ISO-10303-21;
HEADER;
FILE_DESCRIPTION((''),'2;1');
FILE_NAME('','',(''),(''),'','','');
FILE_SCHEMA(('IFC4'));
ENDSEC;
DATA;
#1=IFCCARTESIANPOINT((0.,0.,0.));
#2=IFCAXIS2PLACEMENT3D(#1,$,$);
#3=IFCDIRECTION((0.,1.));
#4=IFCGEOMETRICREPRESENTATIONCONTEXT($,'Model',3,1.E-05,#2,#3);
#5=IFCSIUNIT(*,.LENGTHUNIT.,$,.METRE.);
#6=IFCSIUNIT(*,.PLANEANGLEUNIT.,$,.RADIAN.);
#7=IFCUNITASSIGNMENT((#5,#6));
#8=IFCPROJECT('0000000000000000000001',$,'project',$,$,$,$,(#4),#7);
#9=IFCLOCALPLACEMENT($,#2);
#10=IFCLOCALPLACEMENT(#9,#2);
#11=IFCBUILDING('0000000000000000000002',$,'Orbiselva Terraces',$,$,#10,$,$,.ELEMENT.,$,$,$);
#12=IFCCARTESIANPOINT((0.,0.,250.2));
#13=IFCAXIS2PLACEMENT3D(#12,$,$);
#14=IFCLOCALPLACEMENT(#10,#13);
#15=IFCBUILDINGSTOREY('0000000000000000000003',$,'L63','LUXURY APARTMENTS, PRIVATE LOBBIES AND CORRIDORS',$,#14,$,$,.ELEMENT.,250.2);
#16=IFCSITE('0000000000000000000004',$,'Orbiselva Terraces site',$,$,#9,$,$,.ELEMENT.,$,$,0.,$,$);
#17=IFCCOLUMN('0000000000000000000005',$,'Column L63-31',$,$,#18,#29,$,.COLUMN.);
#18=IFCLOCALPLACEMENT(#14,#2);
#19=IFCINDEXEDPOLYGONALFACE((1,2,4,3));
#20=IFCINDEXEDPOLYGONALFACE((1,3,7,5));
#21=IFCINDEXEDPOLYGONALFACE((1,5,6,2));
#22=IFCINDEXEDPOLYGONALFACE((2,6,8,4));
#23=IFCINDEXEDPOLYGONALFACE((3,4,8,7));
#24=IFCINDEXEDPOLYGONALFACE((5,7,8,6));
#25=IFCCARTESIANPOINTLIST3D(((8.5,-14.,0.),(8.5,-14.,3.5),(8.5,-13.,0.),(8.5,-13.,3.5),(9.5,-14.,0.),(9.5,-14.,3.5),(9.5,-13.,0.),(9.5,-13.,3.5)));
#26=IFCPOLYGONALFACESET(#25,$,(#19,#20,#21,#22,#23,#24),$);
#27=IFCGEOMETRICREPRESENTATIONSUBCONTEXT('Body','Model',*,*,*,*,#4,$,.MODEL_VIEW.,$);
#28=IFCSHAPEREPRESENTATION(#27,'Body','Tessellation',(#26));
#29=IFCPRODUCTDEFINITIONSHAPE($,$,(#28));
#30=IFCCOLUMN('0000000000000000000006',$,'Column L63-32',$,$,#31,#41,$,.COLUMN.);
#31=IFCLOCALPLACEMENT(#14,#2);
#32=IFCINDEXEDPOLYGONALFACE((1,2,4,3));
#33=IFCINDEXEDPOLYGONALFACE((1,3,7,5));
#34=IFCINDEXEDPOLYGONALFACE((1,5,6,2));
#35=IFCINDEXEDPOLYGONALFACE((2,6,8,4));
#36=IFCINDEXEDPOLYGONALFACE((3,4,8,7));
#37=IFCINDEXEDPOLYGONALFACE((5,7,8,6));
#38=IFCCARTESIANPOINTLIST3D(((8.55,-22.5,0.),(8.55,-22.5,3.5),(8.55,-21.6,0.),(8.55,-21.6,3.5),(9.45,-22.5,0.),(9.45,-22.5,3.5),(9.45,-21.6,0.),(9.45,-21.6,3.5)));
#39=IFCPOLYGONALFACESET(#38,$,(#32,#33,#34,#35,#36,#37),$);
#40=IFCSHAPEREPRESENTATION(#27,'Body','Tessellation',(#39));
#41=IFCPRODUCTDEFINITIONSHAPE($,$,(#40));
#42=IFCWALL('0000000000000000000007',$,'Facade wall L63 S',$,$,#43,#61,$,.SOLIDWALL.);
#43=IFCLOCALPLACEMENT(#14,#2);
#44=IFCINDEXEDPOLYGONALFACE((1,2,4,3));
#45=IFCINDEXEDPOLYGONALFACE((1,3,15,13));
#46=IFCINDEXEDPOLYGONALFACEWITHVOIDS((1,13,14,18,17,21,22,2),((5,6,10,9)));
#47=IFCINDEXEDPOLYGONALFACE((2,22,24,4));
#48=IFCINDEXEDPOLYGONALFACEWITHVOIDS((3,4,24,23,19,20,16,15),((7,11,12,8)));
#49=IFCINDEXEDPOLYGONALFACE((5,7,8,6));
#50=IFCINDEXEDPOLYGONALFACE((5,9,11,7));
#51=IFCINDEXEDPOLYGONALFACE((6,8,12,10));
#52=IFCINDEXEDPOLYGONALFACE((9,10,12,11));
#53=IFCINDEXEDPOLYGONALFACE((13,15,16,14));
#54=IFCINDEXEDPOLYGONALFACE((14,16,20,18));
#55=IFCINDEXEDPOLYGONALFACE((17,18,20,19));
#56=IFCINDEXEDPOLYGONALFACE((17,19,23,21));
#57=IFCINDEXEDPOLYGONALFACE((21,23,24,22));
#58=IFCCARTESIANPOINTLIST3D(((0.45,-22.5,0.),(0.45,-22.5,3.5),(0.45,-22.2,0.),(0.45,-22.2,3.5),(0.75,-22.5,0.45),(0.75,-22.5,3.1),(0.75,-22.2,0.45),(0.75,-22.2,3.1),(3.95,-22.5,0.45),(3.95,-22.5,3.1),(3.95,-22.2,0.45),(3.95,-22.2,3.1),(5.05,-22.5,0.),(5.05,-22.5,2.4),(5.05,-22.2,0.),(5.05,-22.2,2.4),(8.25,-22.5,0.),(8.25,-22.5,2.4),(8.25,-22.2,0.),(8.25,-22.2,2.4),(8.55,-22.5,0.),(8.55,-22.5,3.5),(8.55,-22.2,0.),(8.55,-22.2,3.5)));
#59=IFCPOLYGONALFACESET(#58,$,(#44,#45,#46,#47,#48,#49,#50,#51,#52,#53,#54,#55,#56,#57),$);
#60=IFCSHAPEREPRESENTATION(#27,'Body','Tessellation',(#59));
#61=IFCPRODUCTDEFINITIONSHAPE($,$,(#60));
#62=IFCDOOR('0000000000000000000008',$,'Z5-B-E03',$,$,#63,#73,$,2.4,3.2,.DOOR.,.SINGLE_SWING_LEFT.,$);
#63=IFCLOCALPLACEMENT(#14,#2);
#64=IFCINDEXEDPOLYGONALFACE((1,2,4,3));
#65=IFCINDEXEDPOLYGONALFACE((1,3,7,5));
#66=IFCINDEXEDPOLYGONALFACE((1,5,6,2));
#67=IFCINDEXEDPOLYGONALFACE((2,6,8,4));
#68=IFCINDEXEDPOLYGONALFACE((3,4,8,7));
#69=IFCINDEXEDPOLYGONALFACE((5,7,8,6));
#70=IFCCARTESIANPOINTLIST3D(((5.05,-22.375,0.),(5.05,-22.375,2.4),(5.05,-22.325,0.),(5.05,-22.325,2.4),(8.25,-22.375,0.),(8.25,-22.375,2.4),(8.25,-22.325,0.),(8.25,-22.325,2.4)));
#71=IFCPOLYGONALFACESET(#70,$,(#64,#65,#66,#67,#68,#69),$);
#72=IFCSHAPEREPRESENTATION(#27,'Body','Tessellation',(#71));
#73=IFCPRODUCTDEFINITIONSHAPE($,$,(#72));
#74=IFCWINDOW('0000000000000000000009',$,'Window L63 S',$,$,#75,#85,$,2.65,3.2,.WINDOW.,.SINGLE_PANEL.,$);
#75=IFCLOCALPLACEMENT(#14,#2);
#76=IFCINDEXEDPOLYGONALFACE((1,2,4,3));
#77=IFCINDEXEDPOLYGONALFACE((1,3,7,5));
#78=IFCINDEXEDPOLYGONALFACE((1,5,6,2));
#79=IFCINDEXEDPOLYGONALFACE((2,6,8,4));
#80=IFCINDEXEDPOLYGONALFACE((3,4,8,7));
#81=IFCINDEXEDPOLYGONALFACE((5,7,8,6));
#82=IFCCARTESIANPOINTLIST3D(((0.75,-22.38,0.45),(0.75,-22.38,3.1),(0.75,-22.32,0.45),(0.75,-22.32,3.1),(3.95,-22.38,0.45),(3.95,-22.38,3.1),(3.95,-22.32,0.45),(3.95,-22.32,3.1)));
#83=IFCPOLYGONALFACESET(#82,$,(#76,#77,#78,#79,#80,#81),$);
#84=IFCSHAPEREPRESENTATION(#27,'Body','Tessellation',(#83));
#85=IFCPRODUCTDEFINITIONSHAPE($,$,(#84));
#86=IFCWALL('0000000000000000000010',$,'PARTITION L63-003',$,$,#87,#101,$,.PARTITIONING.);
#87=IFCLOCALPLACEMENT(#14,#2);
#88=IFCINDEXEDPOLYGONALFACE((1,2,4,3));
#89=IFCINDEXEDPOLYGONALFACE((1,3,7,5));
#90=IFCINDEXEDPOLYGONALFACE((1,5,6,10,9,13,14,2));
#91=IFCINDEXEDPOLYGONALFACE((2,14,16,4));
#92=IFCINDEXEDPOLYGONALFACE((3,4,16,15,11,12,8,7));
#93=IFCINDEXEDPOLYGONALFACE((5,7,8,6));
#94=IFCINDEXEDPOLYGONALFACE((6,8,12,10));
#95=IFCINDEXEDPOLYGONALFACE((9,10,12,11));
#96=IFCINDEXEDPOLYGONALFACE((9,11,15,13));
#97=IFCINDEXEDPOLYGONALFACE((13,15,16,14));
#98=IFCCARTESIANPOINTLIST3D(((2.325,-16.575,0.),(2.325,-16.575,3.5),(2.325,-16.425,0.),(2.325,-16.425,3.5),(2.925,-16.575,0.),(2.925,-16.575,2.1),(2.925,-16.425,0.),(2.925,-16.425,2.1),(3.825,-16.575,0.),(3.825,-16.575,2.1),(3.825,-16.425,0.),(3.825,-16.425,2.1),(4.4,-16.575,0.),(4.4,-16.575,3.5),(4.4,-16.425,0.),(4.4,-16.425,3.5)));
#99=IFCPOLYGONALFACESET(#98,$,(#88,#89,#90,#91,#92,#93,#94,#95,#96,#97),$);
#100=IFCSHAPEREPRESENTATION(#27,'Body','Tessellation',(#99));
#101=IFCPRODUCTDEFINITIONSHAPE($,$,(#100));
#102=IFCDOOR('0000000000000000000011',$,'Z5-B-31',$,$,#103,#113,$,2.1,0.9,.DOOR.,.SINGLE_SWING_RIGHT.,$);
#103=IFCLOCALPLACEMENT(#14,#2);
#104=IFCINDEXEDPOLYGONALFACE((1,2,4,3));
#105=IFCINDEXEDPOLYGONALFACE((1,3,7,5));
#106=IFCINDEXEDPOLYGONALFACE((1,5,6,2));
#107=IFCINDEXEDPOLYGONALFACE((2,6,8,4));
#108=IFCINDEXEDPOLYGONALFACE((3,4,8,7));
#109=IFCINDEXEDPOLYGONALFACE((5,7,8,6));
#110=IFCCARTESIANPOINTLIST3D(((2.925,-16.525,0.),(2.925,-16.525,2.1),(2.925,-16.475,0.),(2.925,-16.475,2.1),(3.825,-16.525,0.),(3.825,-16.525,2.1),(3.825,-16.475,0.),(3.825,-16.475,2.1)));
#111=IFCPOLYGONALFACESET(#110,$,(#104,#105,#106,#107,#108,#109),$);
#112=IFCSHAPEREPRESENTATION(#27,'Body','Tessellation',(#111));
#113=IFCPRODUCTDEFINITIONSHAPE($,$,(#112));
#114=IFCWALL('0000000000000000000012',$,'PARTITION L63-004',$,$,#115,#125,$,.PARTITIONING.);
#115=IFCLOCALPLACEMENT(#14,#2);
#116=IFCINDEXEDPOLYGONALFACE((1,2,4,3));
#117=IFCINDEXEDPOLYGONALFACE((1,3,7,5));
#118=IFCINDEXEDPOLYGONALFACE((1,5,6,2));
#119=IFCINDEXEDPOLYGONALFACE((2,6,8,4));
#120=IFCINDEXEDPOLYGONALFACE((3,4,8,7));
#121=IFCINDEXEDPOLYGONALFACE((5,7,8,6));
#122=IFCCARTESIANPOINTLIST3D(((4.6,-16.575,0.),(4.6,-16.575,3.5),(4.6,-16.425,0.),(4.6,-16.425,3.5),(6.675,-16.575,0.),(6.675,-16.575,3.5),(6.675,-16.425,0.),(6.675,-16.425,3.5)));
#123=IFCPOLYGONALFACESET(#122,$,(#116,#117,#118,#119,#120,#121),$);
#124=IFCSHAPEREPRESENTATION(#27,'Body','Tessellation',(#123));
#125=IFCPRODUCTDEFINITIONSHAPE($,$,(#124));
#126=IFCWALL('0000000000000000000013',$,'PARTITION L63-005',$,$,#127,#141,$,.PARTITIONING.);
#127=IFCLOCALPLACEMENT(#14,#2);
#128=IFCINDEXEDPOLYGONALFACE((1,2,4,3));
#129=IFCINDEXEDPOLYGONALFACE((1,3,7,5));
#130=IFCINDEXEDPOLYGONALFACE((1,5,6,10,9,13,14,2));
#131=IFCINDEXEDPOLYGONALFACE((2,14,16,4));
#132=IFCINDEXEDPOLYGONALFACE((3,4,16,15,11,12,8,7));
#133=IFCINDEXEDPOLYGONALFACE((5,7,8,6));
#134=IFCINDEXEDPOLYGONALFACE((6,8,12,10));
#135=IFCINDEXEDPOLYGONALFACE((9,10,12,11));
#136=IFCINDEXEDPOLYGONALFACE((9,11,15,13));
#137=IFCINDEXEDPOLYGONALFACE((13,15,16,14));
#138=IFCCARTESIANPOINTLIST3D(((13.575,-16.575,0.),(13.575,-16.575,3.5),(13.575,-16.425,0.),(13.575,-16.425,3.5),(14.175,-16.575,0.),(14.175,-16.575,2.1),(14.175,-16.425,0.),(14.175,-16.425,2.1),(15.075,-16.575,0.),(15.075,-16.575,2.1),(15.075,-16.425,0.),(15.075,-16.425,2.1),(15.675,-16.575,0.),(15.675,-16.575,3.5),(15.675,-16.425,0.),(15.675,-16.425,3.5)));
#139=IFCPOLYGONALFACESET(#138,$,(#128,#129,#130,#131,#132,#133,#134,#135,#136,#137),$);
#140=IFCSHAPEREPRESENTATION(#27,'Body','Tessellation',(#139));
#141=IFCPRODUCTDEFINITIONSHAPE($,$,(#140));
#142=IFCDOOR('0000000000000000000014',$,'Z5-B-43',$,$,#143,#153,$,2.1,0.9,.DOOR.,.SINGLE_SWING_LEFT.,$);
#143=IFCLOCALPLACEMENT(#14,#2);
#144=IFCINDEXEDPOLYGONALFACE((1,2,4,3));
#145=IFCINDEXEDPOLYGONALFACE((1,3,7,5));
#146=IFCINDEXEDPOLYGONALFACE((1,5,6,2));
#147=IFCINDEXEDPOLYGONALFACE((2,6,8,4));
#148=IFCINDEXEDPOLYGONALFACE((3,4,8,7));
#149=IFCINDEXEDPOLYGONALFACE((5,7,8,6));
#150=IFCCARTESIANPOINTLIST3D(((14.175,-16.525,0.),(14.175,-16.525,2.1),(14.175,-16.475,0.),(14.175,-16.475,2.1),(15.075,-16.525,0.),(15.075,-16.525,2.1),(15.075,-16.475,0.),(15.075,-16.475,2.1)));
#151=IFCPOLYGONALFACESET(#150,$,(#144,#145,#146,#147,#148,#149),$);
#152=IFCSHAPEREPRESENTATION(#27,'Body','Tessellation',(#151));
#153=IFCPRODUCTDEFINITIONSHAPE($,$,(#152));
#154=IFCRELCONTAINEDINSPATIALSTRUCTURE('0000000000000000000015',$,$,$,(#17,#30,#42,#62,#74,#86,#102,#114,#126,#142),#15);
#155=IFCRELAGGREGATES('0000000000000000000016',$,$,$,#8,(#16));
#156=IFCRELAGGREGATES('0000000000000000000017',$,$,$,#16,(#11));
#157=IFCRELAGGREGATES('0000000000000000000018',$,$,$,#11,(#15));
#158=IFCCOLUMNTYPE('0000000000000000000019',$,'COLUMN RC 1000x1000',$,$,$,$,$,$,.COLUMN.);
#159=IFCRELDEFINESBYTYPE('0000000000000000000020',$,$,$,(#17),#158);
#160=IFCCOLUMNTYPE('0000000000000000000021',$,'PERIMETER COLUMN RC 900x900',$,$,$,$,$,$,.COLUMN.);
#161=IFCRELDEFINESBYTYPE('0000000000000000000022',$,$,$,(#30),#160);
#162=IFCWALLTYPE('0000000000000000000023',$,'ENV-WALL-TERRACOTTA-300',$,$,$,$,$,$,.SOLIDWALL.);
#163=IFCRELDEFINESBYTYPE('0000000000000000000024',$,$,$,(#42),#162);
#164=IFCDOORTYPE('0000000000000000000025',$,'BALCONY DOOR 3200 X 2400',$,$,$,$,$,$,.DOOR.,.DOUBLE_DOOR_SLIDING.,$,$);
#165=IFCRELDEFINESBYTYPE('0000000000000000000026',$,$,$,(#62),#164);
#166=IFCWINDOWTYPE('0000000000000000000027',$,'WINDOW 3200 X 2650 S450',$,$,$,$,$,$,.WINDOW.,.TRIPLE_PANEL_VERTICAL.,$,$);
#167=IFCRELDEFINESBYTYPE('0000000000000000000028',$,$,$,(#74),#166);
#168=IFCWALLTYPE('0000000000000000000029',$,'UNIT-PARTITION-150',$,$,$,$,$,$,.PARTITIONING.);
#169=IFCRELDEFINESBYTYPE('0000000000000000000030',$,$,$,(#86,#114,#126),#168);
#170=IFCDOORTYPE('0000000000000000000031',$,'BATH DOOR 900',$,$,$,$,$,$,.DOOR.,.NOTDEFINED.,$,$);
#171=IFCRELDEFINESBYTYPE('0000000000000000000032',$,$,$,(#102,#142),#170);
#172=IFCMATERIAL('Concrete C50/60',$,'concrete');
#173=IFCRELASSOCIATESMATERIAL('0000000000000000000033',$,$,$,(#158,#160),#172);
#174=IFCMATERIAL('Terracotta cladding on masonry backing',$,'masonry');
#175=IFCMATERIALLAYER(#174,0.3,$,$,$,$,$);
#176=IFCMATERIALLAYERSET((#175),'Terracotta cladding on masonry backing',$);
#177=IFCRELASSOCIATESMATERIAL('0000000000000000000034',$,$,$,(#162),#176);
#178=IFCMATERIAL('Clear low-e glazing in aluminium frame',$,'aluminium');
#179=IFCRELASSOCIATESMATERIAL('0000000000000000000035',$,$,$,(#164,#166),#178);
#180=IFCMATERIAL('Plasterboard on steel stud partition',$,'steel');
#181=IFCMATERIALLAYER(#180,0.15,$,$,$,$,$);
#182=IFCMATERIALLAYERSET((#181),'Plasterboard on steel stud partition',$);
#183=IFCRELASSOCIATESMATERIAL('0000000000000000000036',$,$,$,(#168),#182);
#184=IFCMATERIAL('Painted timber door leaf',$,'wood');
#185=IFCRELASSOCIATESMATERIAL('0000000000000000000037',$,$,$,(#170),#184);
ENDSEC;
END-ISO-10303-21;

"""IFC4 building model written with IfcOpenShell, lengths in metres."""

from ifc_helpers import new_model, si_unit, direction, frame, frame_2d, origin, origin_2d, place, context, subcontext, project, spatial, rectangle, extrude, material, layer, layer_set, material_profile, profile_set, type_object, element, fill, save


model = new_model("IFC4")

# Units and contexts
model_context = context("Model", 3, precision=1e-05, world=origin(), true_north=direction((0.0, 1.0)))
body_context = subcontext(model_context, "Body", "Model", "MODEL_VIEW")
ifc_project = project(units=[si_unit("LENGTHUNIT", "METRE"), si_unit("PLANEANGLEUNIT", "RADIAN")], contexts=[model_context])

# Site, building, storey
site_placement = place(None, origin())
site = spatial("IfcSite", under=ifc_project, at=site_placement, Name="Orbiselva Terraces site", CompositionType="ELEMENT", RefElevation=0.0)
building_placement = place(site_placement, origin())
building = spatial("IfcBuilding", under=site, at=building_placement, Name="Orbiselva Terraces", CompositionType="ELEMENT")
storey_placement = place(building_placement, frame((0.0, 0.0, 250.2)))
storey = spatial("IfcBuildingStorey", under=building, at=storey_placement, Name="L63", Description="LUXURY APARTMENTS, PRIVATE LOBBIES AND CORRIDORS", CompositionType="ELEMENT", Elevation=250.2)

# Columns
ifc_material_1 = material(Name="Concrete C50/60", Category="concrete")
ifc_material_profile_1 = material_profile(ifc_material_1, rectangle(XDim=1.0, YDim=1.0, at=origin_2d()), Name="RC 1000x1000")
ifc_profile_set_1 = profile_set([ifc_material_profile_1], Name="Concrete C50/60")
column_type_1 = type_object("IfcColumnType", Name="COLUMN RC 1000x1000", PredefinedType="COLUMN", material=ifc_profile_set_1)
column_1_placement = place(storey_placement, frame((9.0, -13.5, 0.0), z_axis=(0.0, 0.0, 1.0), x_axis=(1.0, 0.0, 0.0)))
element("IfcColumn", 1, at=column_1_placement, inside=storey, type_object=column_type_1, Name="Column L63-31", PredefinedType="COLUMN", context=body_context, shape_type="SweptSolid", body=[
    extrude(rectangle(XDim=1.0, YDim=1.0, at=origin_2d()), origin(), (0.0, 0.0, 1.0), 3.5),
])
ifc_material_profile_2 = material_profile(ifc_material_1, rectangle(XDim=0.9, YDim=0.9, at=origin_2d()), Name="RC 900x900")
ifc_profile_set_2 = profile_set([ifc_material_profile_2], Name="Concrete C50/60")
column_type_2 = type_object("IfcColumnType", Name="PERIMETER COLUMN RC 900x900", PredefinedType="COLUMN", material=ifc_profile_set_2)
column_2_placement = place(storey_placement, frame((9.0, -22.05, 0.0), z_axis=(0.0, 0.0, 1.0), x_axis=(1.0, 0.0, 0.0)))
element("IfcColumn", 2, at=column_2_placement, inside=storey, type_object=column_type_2, Name="Column L63-32", PredefinedType="COLUMN", context=body_context, shape_type="SweptSolid", body=[
    extrude(rectangle(XDim=0.9, YDim=0.9, at=origin_2d()), origin(), (0.0, 0.0, 1.0), 3.5),
])

# Wall, openings, door, window
ifc_material_2 = material(Name="Terracotta cladding on masonry backing", Category="masonry")
ifc_layer_1 = layer(ifc_material_2, 0.3)
ifc_layer_set_1 = layer_set([ifc_layer_1], Name="Terracotta cladding on masonry backing")
wall_type_1 = type_object("IfcWallType", Name="ENV-WALL-TERRACOTTA-300", PredefinedType="SOLIDWALL", material=ifc_layer_set_1)
wall_1_placement = place(storey_placement, frame((8.55, -22.35, 0.0), z_axis=(0.0, 0.0, 1.0), x_axis=(-1.0, 0.0, 0.0)))
wall_1 = element("IfcWall", 3, at=wall_1_placement, inside=storey, type_object=wall_type_1, Name="Facade wall L63 S", PredefinedType="SOLIDWALL", context=body_context, shape_type="SweptSolid", body=[
    extrude(rectangle(XDim=8.1, YDim=0.3, at=frame_2d((4.05, 0.0))), origin(), (0.0, 0.0, 1.0), 3.5),
])
opening_1_placement = place(wall_1_placement, frame((4.6, 0.0, 0.45)))
opening_1 = element("IfcOpeningElement", 4, at=opening_1_placement, cuts=wall_1, PredefinedType="OPENING", context=body_context, shape_type="SweptSolid", body=[
    extrude(rectangle(XDim=3.2, YDim=2.65, at=frame_2d((1.6, 1.325))), frame((0.0, 0.16, 0.0), z_axis=(0.0, -1.0, 0.0), x_axis=(1.0, 0.0, 0.0)), (0.0, 0.0, 1.0), 0.32),
])
opening_2_placement = place(wall_1_placement, frame((0.3, 0.0, 0.0)))
opening_2 = element("IfcOpeningElement", 5, at=opening_2_placement, cuts=wall_1, PredefinedType="OPENING", context=body_context, shape_type="SweptSolid", body=[
    extrude(rectangle(XDim=3.2, YDim=2.4, at=frame_2d((1.6, 1.2))), frame((0.0, 0.16, 0.0), z_axis=(0.0, -1.0, 0.0), x_axis=(1.0, 0.0, 0.0)), (0.0, 0.0, 1.0), 0.32),
])
ifc_material_3 = material(Name="Clear low-e glazing in aluminium frame", Category="aluminium")
door_type_1 = type_object("IfcDoorType", Name="BALCONY DOOR 3200 X 2400", OperationType="DOUBLE_DOOR_SLIDING", PredefinedType="DOOR", material=ifc_material_3)
door_1_placement = place(opening_2_placement, origin())
door_1 = element("IfcDoor", 6, at=door_1_placement, inside=storey, type_object=door_type_1, Name="Z5-B-E03", OperationType="SINGLE_SWING_LEFT", OverallHeight=2.4, OverallWidth=3.2, PredefinedType="DOOR", context=body_context, shape_type="SweptSolid", body=[
    extrude(rectangle(XDim=3.2, YDim=2.4, at=frame_2d((1.6, 1.2))), frame((0.0, 0.025, 0.0), z_axis=(0.0, -1.0, 0.0), x_axis=(1.0, 0.0, 0.0)), (0.0, 0.0, 1.0), 0.05),
])
fill(opening_2, door_1)
window_type = type_object("IfcWindowType", Name="WINDOW 3200 X 2650 S450", PartitioningType="TRIPLE_PANEL_VERTICAL", PredefinedType="WINDOW", material=ifc_material_3)
window_placement = place(opening_1_placement, origin())
window = element("IfcWindow", 7, at=window_placement, inside=storey, type_object=window_type, Name="Window L63 S", OverallHeight=2.65, OverallWidth=3.2, PartitioningType="SINGLE_PANEL", PredefinedType="WINDOW", context=body_context, shape_type="SweptSolid", body=[
    extrude(rectangle(XDim=3.2, YDim=2.65, at=frame_2d((1.6, 1.325))), frame((0.0, 0.03, 0.0), z_axis=(0.0, -1.0, 0.0), x_axis=(1.0, 0.0, 0.0)), (0.0, 0.0, 1.0), 0.06),
])
fill(opening_1, window)

# Wall, opening, door
ifc_material_4 = material(Name="Plasterboard on steel stud partition", Category="steel")
ifc_layer_2 = layer(ifc_material_4, 0.15)
ifc_layer_set_2 = layer_set([ifc_layer_2], Name="Plasterboard on steel stud partition")
wall_type_2 = type_object("IfcWallType", Name="UNIT-PARTITION-150", PredefinedType="PARTITIONING", material=ifc_layer_set_2)
wall_2_placement = place(storey_placement, frame((2.325, -16.5, 0.0), z_axis=(0.0, 0.0, 1.0), x_axis=(1.0, 0.0, 0.0)))
wall_2 = element("IfcWall", 8, at=wall_2_placement, inside=storey, type_object=wall_type_2, Name="PARTITION L63-003", PredefinedType="PARTITIONING", context=body_context, shape_type="SweptSolid", body=[
    extrude(rectangle(XDim=2.075, YDim=0.15, at=frame_2d((1.0375, 0.0))), origin(), (0.0, 0.0, 1.0), 3.5),
])
opening_3_placement = place(wall_2_placement, frame((0.6, 0.0, 0.0)))
opening_3 = element("IfcOpeningElement", 9, at=opening_3_placement, cuts=wall_2, PredefinedType="OPENING", context=body_context, shape_type="SweptSolid", body=[
    extrude(rectangle(XDim=0.9, YDim=2.1, at=frame_2d((0.45, 1.05))), frame((0.0, 0.085, 0.0), z_axis=(0.0, -1.0, 0.0), x_axis=(1.0, 0.0, 0.0)), (0.0, 0.0, 1.0), 0.17),
])
ifc_material_5 = material(Name="Painted timber door leaf", Category="wood")
door_type_2 = type_object("IfcDoorType", Name="BATH DOOR 900", OperationType="NOTDEFINED", PredefinedType="DOOR", material=ifc_material_5)
door_2_placement = place(opening_3_placement, origin())
door_2 = element("IfcDoor", 10, at=door_2_placement, inside=storey, type_object=door_type_2, Name="Z5-B-31", OperationType="SINGLE_SWING_RIGHT", OverallHeight=2.1, OverallWidth=0.9, PredefinedType="DOOR", context=body_context, shape_type="SweptSolid", body=[
    extrude(rectangle(XDim=0.9, YDim=2.1, at=frame_2d((0.45, 1.05))), frame((0.0, 0.025, 0.0), z_axis=(0.0, -1.0, 0.0), x_axis=(1.0, 0.0, 0.0)), (0.0, 0.0, 1.0), 0.05),
])
fill(opening_3, door_2)

# Wall
wall_3_placement = place(storey_placement, frame((4.6, -16.5, 0.0), z_axis=(0.0, 0.0, 1.0), x_axis=(1.0, 0.0, 0.0)))
element("IfcWall", 11, at=wall_3_placement, inside=storey, type_object=wall_type_2, Name="PARTITION L63-004", PredefinedType="PARTITIONING", context=body_context, shape_type="SweptSolid", body=[
    extrude(rectangle(XDim=2.075, YDim=0.15, at=frame_2d((1.0375, 0.0))), origin(), (0.0, 0.0, 1.0), 3.5),
])

# Wall, opening, door
wall_4_placement = place(storey_placement, frame((13.575, -16.5, 0.0), z_axis=(0.0, 0.0, 1.0), x_axis=(1.0, 0.0, 0.0)))
wall_4 = element("IfcWall", 12, at=wall_4_placement, inside=storey, type_object=wall_type_2, Name="PARTITION L63-005", PredefinedType="PARTITIONING", context=body_context, shape_type="SweptSolid", body=[
    extrude(rectangle(XDim=2.1, YDim=0.15, at=frame_2d((1.05, 0.0))), origin(), (0.0, 0.0, 1.0), 3.5),
])
opening_4_placement = place(wall_4_placement, frame((0.6, 0.0, 0.0)))
opening_4 = element("IfcOpeningElement", 13, at=opening_4_placement, cuts=wall_4, PredefinedType="OPENING", context=body_context, shape_type="SweptSolid", body=[
    extrude(rectangle(XDim=0.9, YDim=2.1, at=frame_2d((0.45, 1.05))), frame((0.0, 0.085, 0.0), z_axis=(0.0, -1.0, 0.0), x_axis=(1.0, 0.0, 0.0)), (0.0, 0.0, 1.0), 0.17),
])
door_3_placement = place(opening_4_placement, origin())
door_3 = element("IfcDoor", 14, at=door_3_placement, inside=storey, type_object=door_type_2, Name="Z5-B-43", OperationType="SINGLE_SWING_LEFT", OverallHeight=2.1, OverallWidth=0.9, PredefinedType="DOOR", context=body_context, shape_type="SweptSolid", body=[
    extrude(rectangle(XDim=0.9, YDim=2.1, at=frame_2d((0.45, 1.05))), frame((0.0, 0.025, 0.0), z_axis=(0.0, -1.0, 0.0), x_axis=(1.0, 0.0, 0.0)), (0.0, 0.0, 1.0), 0.05),
])
fill(opening_4, door_3)

save(model, "model.ifc")
